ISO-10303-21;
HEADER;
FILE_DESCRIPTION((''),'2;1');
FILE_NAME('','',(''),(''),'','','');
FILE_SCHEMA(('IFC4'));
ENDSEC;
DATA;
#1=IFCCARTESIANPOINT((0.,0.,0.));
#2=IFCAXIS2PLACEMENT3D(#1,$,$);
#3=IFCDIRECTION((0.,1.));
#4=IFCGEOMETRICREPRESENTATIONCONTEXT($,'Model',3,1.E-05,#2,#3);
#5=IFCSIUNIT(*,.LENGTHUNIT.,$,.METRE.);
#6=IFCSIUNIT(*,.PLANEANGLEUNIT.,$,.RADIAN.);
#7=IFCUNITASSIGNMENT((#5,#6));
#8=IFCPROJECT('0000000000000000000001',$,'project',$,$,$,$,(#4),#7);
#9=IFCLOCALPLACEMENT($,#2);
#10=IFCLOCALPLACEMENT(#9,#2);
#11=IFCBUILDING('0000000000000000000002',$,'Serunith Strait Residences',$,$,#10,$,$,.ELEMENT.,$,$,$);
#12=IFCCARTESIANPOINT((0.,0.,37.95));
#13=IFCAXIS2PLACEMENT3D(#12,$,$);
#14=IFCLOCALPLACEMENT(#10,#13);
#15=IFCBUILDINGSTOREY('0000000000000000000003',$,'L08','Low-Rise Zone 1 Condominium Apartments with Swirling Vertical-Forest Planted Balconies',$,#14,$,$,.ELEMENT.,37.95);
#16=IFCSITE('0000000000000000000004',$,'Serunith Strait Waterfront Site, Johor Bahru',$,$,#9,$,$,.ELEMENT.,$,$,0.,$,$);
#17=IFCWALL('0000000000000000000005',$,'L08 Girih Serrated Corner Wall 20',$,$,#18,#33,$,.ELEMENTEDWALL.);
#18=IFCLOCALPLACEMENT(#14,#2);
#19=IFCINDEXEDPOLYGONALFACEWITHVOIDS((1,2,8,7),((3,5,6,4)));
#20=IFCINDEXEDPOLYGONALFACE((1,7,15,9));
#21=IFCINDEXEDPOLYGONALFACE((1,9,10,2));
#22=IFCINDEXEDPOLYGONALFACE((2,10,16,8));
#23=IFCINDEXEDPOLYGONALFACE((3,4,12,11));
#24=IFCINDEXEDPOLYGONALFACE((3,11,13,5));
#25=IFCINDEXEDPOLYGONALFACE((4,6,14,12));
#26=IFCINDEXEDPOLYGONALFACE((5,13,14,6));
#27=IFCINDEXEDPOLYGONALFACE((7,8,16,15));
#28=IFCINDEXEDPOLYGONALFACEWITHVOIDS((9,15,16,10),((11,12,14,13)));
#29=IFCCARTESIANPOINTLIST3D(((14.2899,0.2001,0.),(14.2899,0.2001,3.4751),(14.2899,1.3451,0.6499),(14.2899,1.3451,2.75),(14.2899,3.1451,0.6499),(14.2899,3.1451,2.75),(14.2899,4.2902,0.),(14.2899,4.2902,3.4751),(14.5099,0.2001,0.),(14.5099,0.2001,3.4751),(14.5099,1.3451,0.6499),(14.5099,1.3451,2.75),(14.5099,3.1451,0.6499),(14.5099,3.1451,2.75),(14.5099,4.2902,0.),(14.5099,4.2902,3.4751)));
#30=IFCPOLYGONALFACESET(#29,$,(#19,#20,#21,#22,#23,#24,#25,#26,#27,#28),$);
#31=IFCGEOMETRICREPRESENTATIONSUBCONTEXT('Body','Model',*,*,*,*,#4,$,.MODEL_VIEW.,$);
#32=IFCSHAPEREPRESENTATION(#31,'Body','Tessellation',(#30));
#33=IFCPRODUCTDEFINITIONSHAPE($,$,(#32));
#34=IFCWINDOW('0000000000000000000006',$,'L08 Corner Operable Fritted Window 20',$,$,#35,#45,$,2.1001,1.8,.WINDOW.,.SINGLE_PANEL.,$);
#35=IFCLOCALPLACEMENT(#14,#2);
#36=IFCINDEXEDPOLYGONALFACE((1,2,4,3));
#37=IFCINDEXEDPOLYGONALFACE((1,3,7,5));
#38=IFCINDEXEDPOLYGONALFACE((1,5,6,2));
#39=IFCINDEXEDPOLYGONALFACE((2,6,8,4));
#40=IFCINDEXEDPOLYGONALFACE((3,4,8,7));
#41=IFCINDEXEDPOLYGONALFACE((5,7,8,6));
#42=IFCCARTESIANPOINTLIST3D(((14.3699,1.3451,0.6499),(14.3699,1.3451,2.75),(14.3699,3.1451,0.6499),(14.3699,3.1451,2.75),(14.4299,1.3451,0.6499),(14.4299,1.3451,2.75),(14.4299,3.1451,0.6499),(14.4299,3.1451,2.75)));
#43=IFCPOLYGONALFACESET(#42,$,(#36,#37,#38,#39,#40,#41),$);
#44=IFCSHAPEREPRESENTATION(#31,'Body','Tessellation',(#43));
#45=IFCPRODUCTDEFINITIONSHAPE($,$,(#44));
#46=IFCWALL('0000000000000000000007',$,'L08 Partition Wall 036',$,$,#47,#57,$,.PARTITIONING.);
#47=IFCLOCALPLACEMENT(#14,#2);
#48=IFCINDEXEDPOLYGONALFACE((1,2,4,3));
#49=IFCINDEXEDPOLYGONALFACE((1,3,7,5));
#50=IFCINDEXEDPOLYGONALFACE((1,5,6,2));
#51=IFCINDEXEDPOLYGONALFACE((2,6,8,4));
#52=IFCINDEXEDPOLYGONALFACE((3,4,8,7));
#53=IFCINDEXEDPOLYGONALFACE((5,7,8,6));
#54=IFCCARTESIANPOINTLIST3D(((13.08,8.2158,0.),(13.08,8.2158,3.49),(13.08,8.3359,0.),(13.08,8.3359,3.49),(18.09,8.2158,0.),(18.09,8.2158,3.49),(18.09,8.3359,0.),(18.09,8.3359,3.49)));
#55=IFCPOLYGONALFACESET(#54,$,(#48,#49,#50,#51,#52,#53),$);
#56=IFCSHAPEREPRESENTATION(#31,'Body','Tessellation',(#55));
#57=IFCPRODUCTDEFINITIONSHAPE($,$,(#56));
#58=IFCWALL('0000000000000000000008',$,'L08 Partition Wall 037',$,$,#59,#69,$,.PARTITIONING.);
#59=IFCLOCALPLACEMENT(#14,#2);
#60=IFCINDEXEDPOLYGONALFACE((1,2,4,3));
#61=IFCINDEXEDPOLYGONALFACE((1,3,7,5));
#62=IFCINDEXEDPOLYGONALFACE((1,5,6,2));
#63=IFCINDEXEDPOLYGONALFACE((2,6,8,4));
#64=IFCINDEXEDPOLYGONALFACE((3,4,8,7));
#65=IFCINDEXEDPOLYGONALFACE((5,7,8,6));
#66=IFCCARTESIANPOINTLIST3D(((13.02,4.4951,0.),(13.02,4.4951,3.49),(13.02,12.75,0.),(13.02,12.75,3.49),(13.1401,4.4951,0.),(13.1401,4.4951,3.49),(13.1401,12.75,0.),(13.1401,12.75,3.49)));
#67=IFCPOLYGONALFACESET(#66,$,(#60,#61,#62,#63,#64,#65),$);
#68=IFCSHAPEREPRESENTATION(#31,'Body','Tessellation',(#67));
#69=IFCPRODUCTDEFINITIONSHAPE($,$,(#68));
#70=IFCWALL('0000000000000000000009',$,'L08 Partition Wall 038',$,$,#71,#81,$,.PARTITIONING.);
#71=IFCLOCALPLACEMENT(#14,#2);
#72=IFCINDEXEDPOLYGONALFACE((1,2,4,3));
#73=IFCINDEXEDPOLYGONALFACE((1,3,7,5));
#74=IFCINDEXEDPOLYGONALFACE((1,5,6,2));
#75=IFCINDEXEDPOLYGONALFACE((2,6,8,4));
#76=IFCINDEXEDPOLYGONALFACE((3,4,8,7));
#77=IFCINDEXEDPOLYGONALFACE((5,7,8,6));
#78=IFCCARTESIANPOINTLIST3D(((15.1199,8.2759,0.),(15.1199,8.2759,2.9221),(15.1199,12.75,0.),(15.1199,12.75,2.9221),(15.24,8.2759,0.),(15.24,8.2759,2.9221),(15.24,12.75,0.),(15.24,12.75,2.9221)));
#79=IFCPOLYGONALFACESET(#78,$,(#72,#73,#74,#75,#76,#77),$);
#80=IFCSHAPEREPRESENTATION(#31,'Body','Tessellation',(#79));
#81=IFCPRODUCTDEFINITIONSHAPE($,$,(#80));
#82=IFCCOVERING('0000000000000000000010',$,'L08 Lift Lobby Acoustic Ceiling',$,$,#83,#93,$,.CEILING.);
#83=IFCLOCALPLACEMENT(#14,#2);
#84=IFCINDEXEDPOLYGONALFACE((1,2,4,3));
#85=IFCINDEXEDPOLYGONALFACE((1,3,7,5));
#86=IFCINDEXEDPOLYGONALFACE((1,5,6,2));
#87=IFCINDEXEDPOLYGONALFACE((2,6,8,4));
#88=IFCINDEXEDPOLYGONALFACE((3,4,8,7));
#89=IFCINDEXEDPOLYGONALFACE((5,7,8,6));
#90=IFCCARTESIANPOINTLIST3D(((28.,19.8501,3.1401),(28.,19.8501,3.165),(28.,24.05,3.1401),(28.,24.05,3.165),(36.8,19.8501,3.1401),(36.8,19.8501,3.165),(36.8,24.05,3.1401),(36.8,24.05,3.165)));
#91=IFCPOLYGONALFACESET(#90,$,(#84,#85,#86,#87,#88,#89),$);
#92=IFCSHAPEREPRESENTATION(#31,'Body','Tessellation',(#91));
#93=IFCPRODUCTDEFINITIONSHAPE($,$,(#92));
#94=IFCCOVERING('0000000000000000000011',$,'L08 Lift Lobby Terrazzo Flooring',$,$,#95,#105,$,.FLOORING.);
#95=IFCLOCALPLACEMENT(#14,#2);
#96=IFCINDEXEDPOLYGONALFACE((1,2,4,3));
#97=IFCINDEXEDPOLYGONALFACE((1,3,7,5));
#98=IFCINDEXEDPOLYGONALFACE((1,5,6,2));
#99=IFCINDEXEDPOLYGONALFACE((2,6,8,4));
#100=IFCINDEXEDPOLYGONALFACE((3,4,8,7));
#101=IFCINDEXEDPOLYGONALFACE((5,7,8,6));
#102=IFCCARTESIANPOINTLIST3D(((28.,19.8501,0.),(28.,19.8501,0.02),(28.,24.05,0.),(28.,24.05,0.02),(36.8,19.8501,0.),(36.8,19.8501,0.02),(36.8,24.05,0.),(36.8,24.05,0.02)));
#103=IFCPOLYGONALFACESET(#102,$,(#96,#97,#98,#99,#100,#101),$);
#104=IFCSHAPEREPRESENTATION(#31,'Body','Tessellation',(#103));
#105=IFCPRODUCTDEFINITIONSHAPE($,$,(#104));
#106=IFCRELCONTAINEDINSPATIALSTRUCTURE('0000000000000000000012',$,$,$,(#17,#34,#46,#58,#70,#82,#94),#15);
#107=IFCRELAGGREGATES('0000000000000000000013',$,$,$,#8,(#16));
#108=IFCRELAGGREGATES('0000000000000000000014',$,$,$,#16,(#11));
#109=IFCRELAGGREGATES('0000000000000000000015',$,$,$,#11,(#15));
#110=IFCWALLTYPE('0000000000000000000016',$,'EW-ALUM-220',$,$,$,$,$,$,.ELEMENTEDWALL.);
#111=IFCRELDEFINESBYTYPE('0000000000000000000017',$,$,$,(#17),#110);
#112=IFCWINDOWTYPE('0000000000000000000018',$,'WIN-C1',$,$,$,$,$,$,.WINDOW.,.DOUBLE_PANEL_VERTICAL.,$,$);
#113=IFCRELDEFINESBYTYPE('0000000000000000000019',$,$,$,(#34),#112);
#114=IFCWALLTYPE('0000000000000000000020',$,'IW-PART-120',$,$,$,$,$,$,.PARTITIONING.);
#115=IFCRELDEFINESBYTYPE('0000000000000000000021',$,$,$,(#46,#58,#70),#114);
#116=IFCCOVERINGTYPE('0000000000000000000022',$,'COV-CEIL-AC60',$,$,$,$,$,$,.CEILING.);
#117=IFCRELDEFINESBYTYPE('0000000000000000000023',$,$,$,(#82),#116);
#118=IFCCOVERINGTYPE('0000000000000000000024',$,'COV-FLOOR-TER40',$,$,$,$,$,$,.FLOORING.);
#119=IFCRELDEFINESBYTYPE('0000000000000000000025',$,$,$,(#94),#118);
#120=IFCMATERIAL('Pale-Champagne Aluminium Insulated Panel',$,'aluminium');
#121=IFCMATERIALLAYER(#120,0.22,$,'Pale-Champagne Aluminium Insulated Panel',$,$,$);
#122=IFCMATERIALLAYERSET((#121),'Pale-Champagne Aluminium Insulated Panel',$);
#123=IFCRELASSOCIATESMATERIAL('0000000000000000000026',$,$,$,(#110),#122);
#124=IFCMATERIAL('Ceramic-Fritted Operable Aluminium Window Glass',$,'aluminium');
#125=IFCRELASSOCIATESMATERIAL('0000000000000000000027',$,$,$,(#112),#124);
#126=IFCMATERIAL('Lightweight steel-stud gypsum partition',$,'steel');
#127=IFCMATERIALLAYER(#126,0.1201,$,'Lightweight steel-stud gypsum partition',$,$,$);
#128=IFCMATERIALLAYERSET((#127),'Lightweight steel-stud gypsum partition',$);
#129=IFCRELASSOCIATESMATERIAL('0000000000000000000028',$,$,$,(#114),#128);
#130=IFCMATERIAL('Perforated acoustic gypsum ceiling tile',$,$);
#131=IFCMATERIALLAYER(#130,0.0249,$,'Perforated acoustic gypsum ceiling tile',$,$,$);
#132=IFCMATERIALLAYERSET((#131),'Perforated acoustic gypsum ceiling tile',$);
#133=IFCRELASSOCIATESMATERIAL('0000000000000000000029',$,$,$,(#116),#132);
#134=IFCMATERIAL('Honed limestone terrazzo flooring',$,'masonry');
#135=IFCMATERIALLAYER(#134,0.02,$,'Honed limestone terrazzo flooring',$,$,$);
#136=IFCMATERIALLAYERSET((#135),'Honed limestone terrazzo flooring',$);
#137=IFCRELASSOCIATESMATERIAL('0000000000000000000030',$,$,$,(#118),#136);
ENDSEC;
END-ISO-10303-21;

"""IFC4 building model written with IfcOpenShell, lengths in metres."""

from ifc_helpers import new_model, si_unit, direction, frame, frame_2d, origin, place, context, subcontext, project, spatial, polyline, rectangle, outline, extrude, source, transform, mapped, material, layer, layer_set, type_object, element, fill, save


model = new_model("IFC4")

# Units and contexts
model_context = context("Model", 3, precision=1e-05, world=origin(), true_north=direction((0.0, 1.0)))
body_context = subcontext(model_context, "Body", "Model", "MODEL_VIEW")
ifc_project = project(units=[si_unit("LENGTHUNIT", "METRE"), si_unit("PLANEANGLEUNIT", "RADIAN")], contexts=[model_context])

# Site, building, storey
site_placement = place(None, origin())
site = spatial("IfcSite", under=ifc_project, at=site_placement, Name="Serunith Strait Waterfront Site, Johor Bahru", CompositionType="ELEMENT", RefElevation=0.0)
building_placement = place(site_placement, origin())
building = spatial("IfcBuilding", under=site, at=building_placement, Name="Serunith Strait Residences", CompositionType="ELEMENT")
storey_placement = place(building_placement, frame((0.0, 0.0, 37.95)))
storey = spatial("IfcBuildingStorey", under=building, at=storey_placement, Name="L08", Description="Low-Rise Zone 1 Condominium Apartments with Swirling Vertical-Forest Planted Balconies", CompositionType="ELEMENT", Elevation=37.95)

# Wall, opening, window
ifc_material_1 = material(Name="Pale-Champagne Aluminium Insulated Panel", Category="aluminium")
ifc_layer_1 = layer(ifc_material_1, 0.22, Name="Pale-Champagne Aluminium Insulated Panel")
ifc_layer_set_1 = layer_set([ifc_layer_1], Name="Pale-Champagne Aluminium Insulated Panel")
wall_type_1 = type_object("IfcWallType", Name="EW-ALUM-220", PredefinedType="ELEMENTEDWALL", material=ifc_layer_set_1)
ifc_material_2 = material(Name="Ceramic-Fritted Operable Aluminium Window Glass", Category="aluminium")
window_type = type_object("IfcWindowType", Name="WIN-C1", PartitioningType="DOUBLE_PANEL_VERTICAL", PredefinedType="WINDOW", material=ifc_material_2)
shared_shape_1 = source(origin(), body_context, "Body", "SweptSolid", [
    extrude(rectangle(XDim=1.8, YDim=2.1001, at=frame_2d((0.8999, 1.05))), frame((0.0, 0.03, 0.0), z_axis=(0.0, -1.0, 0.0), x_axis=(1.0, 0.0, 0.0)), (0.0, 0.0, 1.0), 0.0601),
])
wall_1_placement = place(storey_placement, frame((14.3999, 4.29, 0.0), z_axis=(0.0, 0.0, 1.0), x_axis=(0.0, -1.0, 0.0)))
wall_1 = element("IfcWall", 1, at=wall_1_placement, inside=storey, type_object=wall_type_1, Name="L08 Girih Serrated Corner Wall 20", PredefinedType="ELEMENTEDWALL", context=body_context, shape_type="SweptSolid", body=[
    extrude(rectangle(XDim=4.0901, YDim=0.22, at=frame_2d((2.0449, 0.0))), origin(), (0.0, 0.0, 1.0), 3.4751),
])
opening_1_placement = place(wall_1_placement, frame((1.145, 0.0, 0.6499)))
opening_1 = element("IfcOpeningElement", 2, at=opening_1_placement, cuts=wall_1, PredefinedType="OPENING", context=body_context, shape_type="SweptSolid", body=[
    extrude(rectangle(XDim=1.8, YDim=2.1001, at=frame_2d((0.8999, 1.05))), frame((0.0, 0.1201, 0.0), z_axis=(0.0, -1.0, 0.0), x_axis=(1.0, 0.0, 0.0)), (0.0, 0.0, 1.0), 0.24),
])
window_1_placement = place(opening_1_placement, origin())
window_1 = element("IfcWindow", 3, at=window_1_placement, inside=storey, type_object=window_type, Name="L08 Corner Operable Fritted Window 20", OverallHeight=2.1001, OverallWidth=1.8, PartitioningType="SINGLE_PANEL", PredefinedType="WINDOW", context=body_context, shape_type="MappedRepresentation", body=[
    mapped(shared_shape_1, transform((0.0, 0.0, 0.0), scale=1.0)),
])
fill(opening_1, window_1)

# Walls
ifc_material_3 = material(Name="Lightweight steel-stud gypsum partition", Category="steel")
ifc_layer_2 = layer(ifc_material_3, 0.1201, Name="Lightweight steel-stud gypsum partition")
ifc_layer_set_2 = layer_set([ifc_layer_2], Name="Lightweight steel-stud gypsum partition")
wall_type_2 = type_object("IfcWallType", Name="IW-PART-120", PredefinedType="PARTITIONING", material=ifc_layer_set_2)
wall_2_placement = place(storey_placement, frame((13.0801, 8.2759, 0.0), z_axis=(0.0, 0.0, 1.0), x_axis=(1.0, 0.0, 0.0)))
element("IfcWall", 4, at=wall_2_placement, inside=storey, type_object=wall_type_2, Name="L08 Partition Wall 036", PredefinedType="PARTITIONING", context=body_context, shape_type="SweptSolid", body=[
    extrude(rectangle(XDim=5.01, YDim=0.1201, at=frame_2d((2.5049, 0.0))), origin(), (0.0, 0.0, 1.0), 3.49),
])
wall_3_placement = place(storey_placement, frame((13.0801, 4.4951, 0.0), z_axis=(0.0, 0.0, 1.0), x_axis=(0.0, 1.0, 0.0)))
element("IfcWall", 5, at=wall_3_placement, inside=storey, type_object=wall_type_2, Name="L08 Partition Wall 037", PredefinedType="PARTITIONING", context=body_context, shape_type="SweptSolid", body=[
    extrude(rectangle(XDim=8.2549, YDim=0.1201, at=frame_2d((4.1274, 0.0))), origin(), (0.0, 0.0, 1.0), 3.49),
])
wall_4_placement = place(storey_placement, frame((15.1799, 8.2759, 0.0), z_axis=(0.0, 0.0, 1.0), x_axis=(0.0, 1.0, 0.0)))
element("IfcWall", 6, at=wall_4_placement, inside=storey, type_object=wall_type_2, Name="L08 Partition Wall 038", PredefinedType="PARTITIONING", context=body_context, shape_type="SweptSolid", body=[
    extrude(rectangle(XDim=4.4741, YDim=0.1201, at=frame_2d((2.2371, 0.0))), origin(), (0.0, 0.0, 1.0), 2.9221),
])

# Coverings
ifc_material_4 = material(Name="Perforated acoustic gypsum ceiling tile")
ifc_layer_3 = layer(ifc_material_4, 0.0249, Name="Perforated acoustic gypsum ceiling tile")
ifc_layer_set_3 = layer_set([ifc_layer_3], Name="Perforated acoustic gypsum ceiling tile")
covering_type_1 = type_object("IfcCoveringType", Name="COV-CEIL-AC60", PredefinedType="CEILING", material=ifc_layer_set_3)
covering_1_placement = place(storey_placement, frame((0.0, 0.0, 3.1401)))
element("IfcCovering", 7, at=covering_1_placement, inside=storey, type_object=covering_type_1, Name="L08 Lift Lobby Acoustic Ceiling", PredefinedType="CEILING", context=body_context, shape_type="SweptSolid", body=[
    extrude(outline(polyline([(28.0, 19.8501), (36.8, 19.8501), (36.8, 24.05), (28.0, 24.05), (28.0, 19.8501)])), origin(), (0.0, 0.0, 1.0), 0.0249),
])
ifc_material_5 = material(Name="Honed limestone terrazzo flooring", Category="masonry")
ifc_layer_4 = layer(ifc_material_5, 0.02, Name="Honed limestone terrazzo flooring")
ifc_layer_set_4 = layer_set([ifc_layer_4], Name="Honed limestone terrazzo flooring")
covering_type_2 = type_object("IfcCoveringType", Name="COV-FLOOR-TER40", PredefinedType="FLOORING", material=ifc_layer_set_4)
covering_2_placement = place(storey_placement, origin())
element("IfcCovering", 8, at=covering_2_placement, inside=storey, type_object=covering_type_2, Name="L08 Lift Lobby Terrazzo Flooring", PredefinedType="FLOORING", context=body_context, shape_type="SweptSolid", body=[
    extrude(outline(polyline([(28.0, 19.8501), (36.8, 19.8501), (36.8, 24.05), (28.0, 24.05), (28.0, 19.8501)])), origin(), (0.0, 0.0, 1.0), 0.02),
])

save(model, "model.ifc")
